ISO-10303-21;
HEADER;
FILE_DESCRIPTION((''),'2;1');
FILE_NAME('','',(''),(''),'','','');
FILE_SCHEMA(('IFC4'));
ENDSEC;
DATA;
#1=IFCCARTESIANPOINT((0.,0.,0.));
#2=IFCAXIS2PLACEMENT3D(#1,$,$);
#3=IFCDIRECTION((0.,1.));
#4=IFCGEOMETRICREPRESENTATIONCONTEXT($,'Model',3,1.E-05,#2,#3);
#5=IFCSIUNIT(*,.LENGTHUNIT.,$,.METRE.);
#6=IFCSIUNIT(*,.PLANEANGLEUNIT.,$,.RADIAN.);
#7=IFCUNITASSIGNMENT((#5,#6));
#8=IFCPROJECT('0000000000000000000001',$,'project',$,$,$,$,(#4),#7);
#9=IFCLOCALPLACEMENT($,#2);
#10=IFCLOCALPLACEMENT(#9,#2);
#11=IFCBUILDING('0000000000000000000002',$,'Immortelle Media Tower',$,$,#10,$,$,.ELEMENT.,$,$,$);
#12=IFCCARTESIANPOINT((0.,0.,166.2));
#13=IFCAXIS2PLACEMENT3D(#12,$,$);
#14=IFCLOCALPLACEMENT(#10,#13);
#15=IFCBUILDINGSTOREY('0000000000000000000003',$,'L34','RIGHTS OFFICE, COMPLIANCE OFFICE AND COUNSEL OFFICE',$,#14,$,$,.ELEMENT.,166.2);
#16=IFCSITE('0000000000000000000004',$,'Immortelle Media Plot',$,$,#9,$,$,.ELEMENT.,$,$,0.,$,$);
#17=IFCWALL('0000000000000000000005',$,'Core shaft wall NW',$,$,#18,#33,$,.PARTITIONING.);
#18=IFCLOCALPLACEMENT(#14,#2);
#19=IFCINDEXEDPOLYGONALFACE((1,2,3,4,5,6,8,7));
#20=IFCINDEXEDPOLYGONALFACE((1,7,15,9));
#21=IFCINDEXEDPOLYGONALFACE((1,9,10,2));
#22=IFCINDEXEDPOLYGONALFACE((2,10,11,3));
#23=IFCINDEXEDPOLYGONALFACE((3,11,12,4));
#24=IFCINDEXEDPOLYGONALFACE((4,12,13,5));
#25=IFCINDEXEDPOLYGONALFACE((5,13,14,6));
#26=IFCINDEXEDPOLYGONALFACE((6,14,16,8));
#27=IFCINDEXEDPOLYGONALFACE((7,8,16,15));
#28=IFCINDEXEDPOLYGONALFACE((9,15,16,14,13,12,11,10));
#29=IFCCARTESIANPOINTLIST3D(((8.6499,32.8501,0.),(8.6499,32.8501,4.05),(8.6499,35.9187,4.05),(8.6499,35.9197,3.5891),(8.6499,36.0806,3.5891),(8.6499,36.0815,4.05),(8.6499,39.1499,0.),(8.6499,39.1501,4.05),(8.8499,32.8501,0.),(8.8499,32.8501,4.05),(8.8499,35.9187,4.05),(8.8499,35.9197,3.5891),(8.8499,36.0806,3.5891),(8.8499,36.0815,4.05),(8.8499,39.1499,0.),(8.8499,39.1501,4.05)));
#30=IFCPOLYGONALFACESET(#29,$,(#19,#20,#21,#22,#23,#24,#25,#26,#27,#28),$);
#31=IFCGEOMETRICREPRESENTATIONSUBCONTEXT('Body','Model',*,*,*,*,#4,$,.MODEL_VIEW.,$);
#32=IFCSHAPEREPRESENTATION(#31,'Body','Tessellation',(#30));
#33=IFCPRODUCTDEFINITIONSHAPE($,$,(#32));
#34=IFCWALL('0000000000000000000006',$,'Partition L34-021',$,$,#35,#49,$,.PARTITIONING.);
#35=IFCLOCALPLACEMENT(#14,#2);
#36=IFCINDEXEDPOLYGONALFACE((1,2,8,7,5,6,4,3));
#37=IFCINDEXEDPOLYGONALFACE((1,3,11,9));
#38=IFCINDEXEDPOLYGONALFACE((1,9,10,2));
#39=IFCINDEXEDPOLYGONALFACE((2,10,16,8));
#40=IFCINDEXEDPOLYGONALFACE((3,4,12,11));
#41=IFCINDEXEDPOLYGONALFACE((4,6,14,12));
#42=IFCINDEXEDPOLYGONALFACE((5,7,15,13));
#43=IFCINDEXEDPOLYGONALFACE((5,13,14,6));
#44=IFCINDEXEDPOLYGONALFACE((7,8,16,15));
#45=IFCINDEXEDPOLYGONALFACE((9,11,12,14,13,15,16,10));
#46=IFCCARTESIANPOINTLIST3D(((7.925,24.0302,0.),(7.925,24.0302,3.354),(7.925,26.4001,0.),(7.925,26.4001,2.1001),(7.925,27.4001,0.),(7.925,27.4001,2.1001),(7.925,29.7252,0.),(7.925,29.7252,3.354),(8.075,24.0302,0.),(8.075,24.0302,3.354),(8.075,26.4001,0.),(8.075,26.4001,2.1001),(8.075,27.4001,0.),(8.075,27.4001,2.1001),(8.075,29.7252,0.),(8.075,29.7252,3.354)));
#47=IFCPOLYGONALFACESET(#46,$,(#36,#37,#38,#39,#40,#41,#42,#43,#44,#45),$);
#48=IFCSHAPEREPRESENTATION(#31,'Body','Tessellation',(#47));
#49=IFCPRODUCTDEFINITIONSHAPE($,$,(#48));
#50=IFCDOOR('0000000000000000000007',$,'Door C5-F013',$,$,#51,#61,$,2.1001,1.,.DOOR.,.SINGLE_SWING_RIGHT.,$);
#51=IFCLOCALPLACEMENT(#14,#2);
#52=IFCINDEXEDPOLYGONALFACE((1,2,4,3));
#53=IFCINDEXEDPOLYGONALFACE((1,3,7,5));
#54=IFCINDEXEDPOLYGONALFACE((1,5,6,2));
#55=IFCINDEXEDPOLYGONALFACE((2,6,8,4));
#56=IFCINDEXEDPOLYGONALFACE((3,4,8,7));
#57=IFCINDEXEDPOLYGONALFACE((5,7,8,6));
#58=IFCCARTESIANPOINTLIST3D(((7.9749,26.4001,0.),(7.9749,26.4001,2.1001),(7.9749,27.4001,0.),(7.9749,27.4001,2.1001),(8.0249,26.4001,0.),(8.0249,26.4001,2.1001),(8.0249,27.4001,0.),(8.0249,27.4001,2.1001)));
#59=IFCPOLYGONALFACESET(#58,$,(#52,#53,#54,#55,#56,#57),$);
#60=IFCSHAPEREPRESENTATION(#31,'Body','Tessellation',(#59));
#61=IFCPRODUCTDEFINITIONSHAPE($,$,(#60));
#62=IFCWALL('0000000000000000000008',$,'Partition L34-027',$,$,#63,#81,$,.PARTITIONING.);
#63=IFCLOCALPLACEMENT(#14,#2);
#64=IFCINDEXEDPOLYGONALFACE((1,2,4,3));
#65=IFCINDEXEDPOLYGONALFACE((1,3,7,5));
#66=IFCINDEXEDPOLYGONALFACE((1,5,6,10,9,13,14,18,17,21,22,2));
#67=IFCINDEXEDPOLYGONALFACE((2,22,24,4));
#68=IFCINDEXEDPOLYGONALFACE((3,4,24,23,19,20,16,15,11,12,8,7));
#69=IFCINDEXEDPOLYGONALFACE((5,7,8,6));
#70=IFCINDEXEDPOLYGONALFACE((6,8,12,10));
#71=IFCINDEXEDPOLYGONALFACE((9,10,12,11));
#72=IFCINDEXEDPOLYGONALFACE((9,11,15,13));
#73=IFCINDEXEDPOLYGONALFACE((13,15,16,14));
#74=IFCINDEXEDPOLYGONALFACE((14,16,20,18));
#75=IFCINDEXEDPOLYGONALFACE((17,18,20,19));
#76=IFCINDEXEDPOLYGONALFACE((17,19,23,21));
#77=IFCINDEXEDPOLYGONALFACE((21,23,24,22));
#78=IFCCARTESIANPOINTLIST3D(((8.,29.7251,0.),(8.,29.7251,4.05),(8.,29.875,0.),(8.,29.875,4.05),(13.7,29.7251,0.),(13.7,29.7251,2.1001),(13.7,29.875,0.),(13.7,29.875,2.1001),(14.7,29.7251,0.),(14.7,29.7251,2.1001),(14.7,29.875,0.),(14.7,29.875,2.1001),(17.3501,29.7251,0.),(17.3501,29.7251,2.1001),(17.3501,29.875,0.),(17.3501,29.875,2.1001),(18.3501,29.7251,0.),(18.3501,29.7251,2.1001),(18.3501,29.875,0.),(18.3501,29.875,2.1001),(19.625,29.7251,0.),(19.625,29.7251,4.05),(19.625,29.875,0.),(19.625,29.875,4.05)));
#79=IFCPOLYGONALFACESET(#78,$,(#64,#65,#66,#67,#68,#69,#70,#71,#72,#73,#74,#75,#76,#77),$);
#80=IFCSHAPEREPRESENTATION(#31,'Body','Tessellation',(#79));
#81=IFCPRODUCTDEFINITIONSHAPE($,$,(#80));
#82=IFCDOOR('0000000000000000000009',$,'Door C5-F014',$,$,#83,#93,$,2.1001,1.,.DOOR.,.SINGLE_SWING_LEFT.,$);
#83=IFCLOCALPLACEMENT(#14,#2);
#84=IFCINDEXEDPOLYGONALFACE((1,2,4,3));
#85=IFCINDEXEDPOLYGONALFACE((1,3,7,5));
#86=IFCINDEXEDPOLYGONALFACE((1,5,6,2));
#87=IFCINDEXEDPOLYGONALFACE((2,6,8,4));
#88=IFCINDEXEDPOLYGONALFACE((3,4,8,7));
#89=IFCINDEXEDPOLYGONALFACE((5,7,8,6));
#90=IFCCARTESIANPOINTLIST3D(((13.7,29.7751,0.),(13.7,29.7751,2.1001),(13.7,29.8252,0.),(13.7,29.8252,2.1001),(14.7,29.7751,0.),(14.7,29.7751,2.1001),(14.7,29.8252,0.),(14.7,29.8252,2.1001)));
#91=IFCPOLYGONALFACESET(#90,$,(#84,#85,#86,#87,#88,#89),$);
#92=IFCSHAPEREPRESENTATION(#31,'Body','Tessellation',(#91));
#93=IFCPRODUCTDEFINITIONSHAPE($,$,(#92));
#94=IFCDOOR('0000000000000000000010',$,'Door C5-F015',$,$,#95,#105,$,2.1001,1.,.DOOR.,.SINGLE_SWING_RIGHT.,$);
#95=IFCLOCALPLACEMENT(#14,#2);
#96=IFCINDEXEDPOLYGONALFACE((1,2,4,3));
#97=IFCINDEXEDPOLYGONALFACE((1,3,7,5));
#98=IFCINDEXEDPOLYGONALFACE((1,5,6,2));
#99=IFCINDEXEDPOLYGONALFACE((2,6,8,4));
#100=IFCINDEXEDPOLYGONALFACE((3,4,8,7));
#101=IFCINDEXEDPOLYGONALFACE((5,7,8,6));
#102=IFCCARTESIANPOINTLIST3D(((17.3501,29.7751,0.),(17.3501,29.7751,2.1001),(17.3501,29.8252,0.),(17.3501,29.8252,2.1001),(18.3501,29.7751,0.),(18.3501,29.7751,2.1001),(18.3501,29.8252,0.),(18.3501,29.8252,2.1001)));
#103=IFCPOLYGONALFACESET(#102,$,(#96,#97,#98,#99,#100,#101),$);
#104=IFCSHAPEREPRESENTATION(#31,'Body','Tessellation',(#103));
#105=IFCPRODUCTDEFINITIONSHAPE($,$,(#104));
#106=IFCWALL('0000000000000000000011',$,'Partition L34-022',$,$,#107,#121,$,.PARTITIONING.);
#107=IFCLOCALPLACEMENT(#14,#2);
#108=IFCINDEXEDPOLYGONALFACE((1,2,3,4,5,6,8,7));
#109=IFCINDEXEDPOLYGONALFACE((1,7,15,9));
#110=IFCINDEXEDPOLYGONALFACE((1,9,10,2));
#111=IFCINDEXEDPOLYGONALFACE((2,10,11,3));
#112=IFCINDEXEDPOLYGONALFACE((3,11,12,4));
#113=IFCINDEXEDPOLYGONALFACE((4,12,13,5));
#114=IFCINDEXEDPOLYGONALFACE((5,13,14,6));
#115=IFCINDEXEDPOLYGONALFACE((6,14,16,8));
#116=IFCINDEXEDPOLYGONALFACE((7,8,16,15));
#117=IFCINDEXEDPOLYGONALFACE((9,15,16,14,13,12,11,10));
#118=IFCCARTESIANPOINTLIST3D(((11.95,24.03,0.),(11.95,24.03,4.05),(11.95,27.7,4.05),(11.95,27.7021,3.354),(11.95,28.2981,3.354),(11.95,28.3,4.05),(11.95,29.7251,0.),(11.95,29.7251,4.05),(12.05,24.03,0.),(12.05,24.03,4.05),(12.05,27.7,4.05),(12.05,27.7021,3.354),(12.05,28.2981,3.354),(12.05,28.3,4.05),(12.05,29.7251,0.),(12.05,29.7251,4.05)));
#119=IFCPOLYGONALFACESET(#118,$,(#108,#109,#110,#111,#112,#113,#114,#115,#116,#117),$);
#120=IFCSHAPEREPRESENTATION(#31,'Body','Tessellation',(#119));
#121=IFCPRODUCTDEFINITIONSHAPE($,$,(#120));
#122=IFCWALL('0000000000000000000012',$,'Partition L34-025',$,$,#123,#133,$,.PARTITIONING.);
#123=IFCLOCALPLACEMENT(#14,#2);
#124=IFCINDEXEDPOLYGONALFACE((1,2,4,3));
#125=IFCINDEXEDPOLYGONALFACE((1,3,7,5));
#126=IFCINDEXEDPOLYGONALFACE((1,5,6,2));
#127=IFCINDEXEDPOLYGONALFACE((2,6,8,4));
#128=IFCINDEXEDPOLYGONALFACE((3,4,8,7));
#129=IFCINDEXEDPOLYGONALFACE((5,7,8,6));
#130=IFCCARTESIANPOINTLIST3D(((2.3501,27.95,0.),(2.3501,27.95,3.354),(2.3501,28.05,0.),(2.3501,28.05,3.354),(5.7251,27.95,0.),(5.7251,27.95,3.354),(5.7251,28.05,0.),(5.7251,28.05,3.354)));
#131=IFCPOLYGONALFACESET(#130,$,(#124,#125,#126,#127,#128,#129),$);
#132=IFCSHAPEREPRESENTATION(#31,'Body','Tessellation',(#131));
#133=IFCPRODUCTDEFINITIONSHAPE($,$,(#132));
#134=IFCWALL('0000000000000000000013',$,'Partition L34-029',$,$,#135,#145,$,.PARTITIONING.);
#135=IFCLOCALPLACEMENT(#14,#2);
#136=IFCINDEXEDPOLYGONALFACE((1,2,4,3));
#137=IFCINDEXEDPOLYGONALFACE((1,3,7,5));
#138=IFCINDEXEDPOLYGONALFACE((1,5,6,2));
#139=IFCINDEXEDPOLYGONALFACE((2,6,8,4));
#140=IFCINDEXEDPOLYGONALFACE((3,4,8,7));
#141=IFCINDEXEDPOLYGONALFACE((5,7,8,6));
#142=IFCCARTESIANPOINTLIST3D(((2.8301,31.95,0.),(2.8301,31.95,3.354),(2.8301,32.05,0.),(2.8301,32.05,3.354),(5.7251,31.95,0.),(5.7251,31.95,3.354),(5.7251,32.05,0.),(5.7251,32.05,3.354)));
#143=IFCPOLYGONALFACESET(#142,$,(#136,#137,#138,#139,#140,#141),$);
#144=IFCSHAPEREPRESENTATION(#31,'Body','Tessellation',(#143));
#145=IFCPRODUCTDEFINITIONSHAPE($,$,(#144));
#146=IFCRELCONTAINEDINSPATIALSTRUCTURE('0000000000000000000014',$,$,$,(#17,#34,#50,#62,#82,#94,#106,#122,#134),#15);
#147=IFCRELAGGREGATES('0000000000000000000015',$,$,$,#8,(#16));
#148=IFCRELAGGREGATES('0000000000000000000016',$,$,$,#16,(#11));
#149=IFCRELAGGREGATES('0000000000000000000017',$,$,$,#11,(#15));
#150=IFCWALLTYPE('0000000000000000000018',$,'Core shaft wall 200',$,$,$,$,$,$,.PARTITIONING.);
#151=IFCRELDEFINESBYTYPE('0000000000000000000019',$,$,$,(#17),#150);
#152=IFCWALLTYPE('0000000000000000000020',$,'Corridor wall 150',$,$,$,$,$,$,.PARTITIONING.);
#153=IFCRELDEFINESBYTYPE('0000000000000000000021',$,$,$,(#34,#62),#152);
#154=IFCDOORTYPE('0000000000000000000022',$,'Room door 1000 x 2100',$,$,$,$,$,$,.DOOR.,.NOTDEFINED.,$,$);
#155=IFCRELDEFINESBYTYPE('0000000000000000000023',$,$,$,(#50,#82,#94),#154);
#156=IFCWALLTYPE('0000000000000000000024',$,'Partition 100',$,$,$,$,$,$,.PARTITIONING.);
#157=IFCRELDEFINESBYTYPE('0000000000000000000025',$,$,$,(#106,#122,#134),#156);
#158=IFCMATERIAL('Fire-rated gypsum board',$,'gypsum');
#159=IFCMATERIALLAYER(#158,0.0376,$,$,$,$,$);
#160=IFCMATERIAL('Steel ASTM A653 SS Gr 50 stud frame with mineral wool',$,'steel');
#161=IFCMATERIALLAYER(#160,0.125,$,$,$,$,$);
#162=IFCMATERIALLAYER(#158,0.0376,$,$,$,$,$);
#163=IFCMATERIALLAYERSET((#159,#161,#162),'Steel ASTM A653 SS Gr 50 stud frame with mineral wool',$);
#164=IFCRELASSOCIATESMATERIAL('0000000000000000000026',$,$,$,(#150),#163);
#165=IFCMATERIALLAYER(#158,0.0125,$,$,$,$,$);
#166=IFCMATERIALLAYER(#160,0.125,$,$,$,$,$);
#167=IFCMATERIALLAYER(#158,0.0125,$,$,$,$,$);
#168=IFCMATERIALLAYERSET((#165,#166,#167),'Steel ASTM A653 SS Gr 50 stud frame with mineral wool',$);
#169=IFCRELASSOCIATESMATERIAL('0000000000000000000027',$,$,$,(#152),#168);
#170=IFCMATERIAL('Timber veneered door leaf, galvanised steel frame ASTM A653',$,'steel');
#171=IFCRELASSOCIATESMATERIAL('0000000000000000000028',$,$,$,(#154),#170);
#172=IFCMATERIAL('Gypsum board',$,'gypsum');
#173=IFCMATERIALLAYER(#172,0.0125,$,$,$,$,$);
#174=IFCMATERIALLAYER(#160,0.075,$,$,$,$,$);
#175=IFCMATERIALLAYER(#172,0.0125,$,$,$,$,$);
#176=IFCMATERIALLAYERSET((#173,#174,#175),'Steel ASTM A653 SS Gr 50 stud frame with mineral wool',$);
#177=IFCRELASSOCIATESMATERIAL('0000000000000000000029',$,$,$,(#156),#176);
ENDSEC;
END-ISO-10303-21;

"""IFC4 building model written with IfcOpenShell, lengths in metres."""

from ifc_helpers import new_model, si_unit, direction, frame, frame_2d, origin, place, context, subcontext, project, spatial, polyline, rectangle, outline, extrude, material, layer, layer_set, type_object, element, fill, save


model = new_model("IFC4")

# Units and contexts
model_context = context("Model", 3, precision=1e-05, world=origin(), true_north=direction((0.0, 1.0)))
body_context = subcontext(model_context, "Body", "Model", "MODEL_VIEW")
ifc_project = project(units=[si_unit("LENGTHUNIT", "METRE"), si_unit("PLANEANGLEUNIT", "RADIAN")], contexts=[model_context])

# Site, building, storey
site_placement = place(None, origin())
site = spatial("IfcSite", under=ifc_project, at=site_placement, Name="Immortelle Media Plot", CompositionType="ELEMENT", RefElevation=0.0)
building_placement = place(site_placement, origin())
building = spatial("IfcBuilding", under=site, at=building_placement, Name="Immortelle Media Tower", CompositionType="ELEMENT")
storey_placement = place(building_placement, frame((0.0, 0.0, 166.2)))
storey = spatial("IfcBuildingStorey", under=building, at=storey_placement, Name="L34", Description="RIGHTS OFFICE, COMPLIANCE OFFICE AND COUNSEL OFFICE", CompositionType="ELEMENT", Elevation=166.2)

# Shared definitions
ifc_material_1 = material(Name="Fire-rated gypsum board", Category="gypsum")
ifc_material_2 = material(Name="Steel ASTM A653 SS Gr 50 stud frame with mineral wool", Category="steel")

# Wall
ifc_layer_1 = layer(ifc_material_1, 0.0376)
ifc_layer_2 = layer(ifc_material_2, 0.125)
ifc_layer_3 = layer(ifc_material_1, 0.0376)
ifc_layer_set_1 = layer_set([ifc_layer_1, ifc_layer_2, ifc_layer_3], Name="Steel ASTM A653 SS Gr 50 stud frame with mineral wool")
wall_type_1 = type_object("IfcWallType", Name="Core shaft wall 200", PredefinedType="PARTITIONING", material=ifc_layer_set_1)
wall_1_placement = place(storey_placement, frame((8.75, 32.8501, 0.0), z_axis=(0.0, 0.0, 1.0), x_axis=(0.0, 1.0, 0.0)))
element("IfcWall", 1, at=wall_1_placement, inside=storey, type_object=wall_type_1, Name="Core shaft wall NW", PredefinedType="PARTITIONING", context=body_context, shape_type="SweptSolid", body=[
    extrude(outline(polyline([(0.0, 0.0), (6.2998, 0.0), (6.3, 4.05), (3.2314, 4.05), (3.2305, 3.5891), (3.0696, 3.5891), (3.0686, 4.05), (0.0, 4.05), (0.0, 0.0)])), frame((0.0, 0.1001, 0.0), z_axis=(0.0, -1.0, 0.0), x_axis=(1.0, 0.0, 0.0)), (0.0, 0.0, 1.0), 0.2),
])

# Wall, opening, door
ifc_layer_4 = layer(ifc_material_1, 0.0125)
ifc_layer_5 = layer(ifc_material_2, 0.125)
ifc_layer_6 = layer(ifc_material_1, 0.0125)
ifc_layer_set_2 = layer_set([ifc_layer_4, ifc_layer_5, ifc_layer_6], Name="Steel ASTM A653 SS Gr 50 stud frame with mineral wool")
wall_type_2 = type_object("IfcWallType", Name="Corridor wall 150", PredefinedType="PARTITIONING", material=ifc_layer_set_2)
wall_2_placement = place(storey_placement, frame((8.0, 24.03, 0.0), z_axis=(0.0, 0.0, 1.0), x_axis=(0.0, 1.0, 0.0)))
wall_2 = element("IfcWall", 2, at=wall_2_placement, inside=storey, type_object=wall_type_2, Name="Partition L34-021", PredefinedType="PARTITIONING", context=body_context, shape_type="SweptSolid", body=[
    extrude(rectangle(XDim=5.6951, YDim=0.1499, at=frame_2d((2.8477, 0.0))), origin(), (0.0, 0.0, 1.0), 3.354),
])
opening_1_placement = place(wall_2_placement, frame((3.3701, 0.0, 0.0), z_axis=(0.0, 0.0, 1.0), x_axis=(-1.0, 0.0, 0.0)))
opening_1 = element("IfcOpeningElement", 3, at=opening_1_placement, cuts=wall_2, PredefinedType="OPENING", context=body_context, shape_type="SweptSolid", body=[
    extrude(rectangle(XDim=1.0, YDim=2.1001, at=frame_2d((0.5, 1.05))), frame((0.0, 0.085, 0.0), z_axis=(0.0, -1.0, 0.0), x_axis=(1.0, 0.0, 0.0)), (0.0, 0.0, 1.0), 0.1699),
])
ifc_material_3 = material(Name="Timber veneered door leaf, galvanised steel frame ASTM A653", Category="steel")
door_type_1 = type_object("IfcDoorType", Name="Room door 1000 x 2100", OperationType="NOTDEFINED", PredefinedType="DOOR", material=ifc_material_3)
door_1_placement = place(opening_1_placement, origin())
door_1 = element("IfcDoor", 4, at=door_1_placement, inside=storey, type_object=door_type_1, Name="Door C5-F013", OperationType="SINGLE_SWING_RIGHT", OverallHeight=2.1001, OverallWidth=1.0, PredefinedType="DOOR", context=body_context, shape_type="SweptSolid", body=[
    extrude(rectangle(XDim=1.0, YDim=2.1001, at=frame_2d((0.5, 1.05))), frame((0.0, 0.0249, 0.0), z_axis=(0.0, -1.0, 0.0), x_axis=(1.0, 0.0, 0.0)), (0.0, 0.0, 1.0), 0.05),
])
fill(opening_1, door_1)

# Wall, openings, doors
wall_3_placement = place(storey_placement, frame((8.0, 29.8, 0.0), z_axis=(0.0, 0.0, 1.0), x_axis=(1.0, 0.0, 0.0)))
wall_3 = element("IfcWall", 5, at=wall_3_placement, inside=storey, type_object=wall_type_2, Name="Partition L34-027", PredefinedType="PARTITIONING", context=body_context, shape_type="SweptSolid", body=[
    extrude(rectangle(XDim=11.625, YDim=0.1499, at=frame_2d((5.8125, 0.0))), origin(), (0.0, 0.0, 1.0), 4.05),
])
opening_2_placement = place(wall_3_placement, frame((6.7, 0.0, 0.0), z_axis=(0.0, 0.0, 1.0), x_axis=(-1.0, 0.0, 0.0)))
opening_2 = element("IfcOpeningElement", 6, at=opening_2_placement, cuts=wall_3, PredefinedType="OPENING", context=body_context, shape_type="SweptSolid", body=[
    extrude(rectangle(XDim=1.0, YDim=2.1001, at=frame_2d((0.5, 1.05))), frame((0.0, 0.085, 0.0), z_axis=(0.0, -1.0, 0.0), x_axis=(1.0, 0.0, 0.0)), (0.0, 0.0, 1.0), 0.1699),
])
opening_3_placement = place(wall_3_placement, frame((10.3501, 0.0, 0.0), z_axis=(0.0, 0.0, 1.0), x_axis=(-1.0, 0.0, 0.0)))
opening_3 = element("IfcOpeningElement", 7, at=opening_3_placement, cuts=wall_3, PredefinedType="OPENING", context=body_context, shape_type="SweptSolid", body=[
    extrude(rectangle(XDim=1.0, YDim=2.1001, at=frame_2d((0.5, 1.05))), frame((0.0, 0.085, 0.0), z_axis=(0.0, -1.0, 0.0), x_axis=(1.0, 0.0, 0.0)), (0.0, 0.0, 1.0), 0.1699),
])
door_2_placement = place(opening_2_placement, origin())
door_2 = element("IfcDoor", 8, at=door_2_placement, inside=storey, type_object=door_type_1, Name="Door C5-F014", OperationType="SINGLE_SWING_LEFT", OverallHeight=2.1001, OverallWidth=1.0, PredefinedType="DOOR", context=body_context, shape_type="SweptSolid", body=[
    extrude(rectangle(XDim=1.0, YDim=2.1001, at=frame_2d((0.5, 1.05))), frame((0.0, 0.0249, 0.0), z_axis=(0.0, -1.0, 0.0), x_axis=(1.0, 0.0, 0.0)), (0.0, 0.0, 1.0), 0.05),
])
fill(opening_2, door_2)
door_3_placement = place(opening_3_placement, origin())
door_3 = element("IfcDoor", 9, at=door_3_placement, inside=storey, type_object=door_type_1, Name="Door C5-F015", OperationType="SINGLE_SWING_RIGHT", OverallHeight=2.1001, OverallWidth=1.0, PredefinedType="DOOR", context=body_context, shape_type="SweptSolid", body=[
    extrude(rectangle(XDim=1.0, YDim=2.1001, at=frame_2d((0.5, 1.05))), frame((0.0, 0.0249, 0.0), z_axis=(0.0, -1.0, 0.0), x_axis=(1.0, 0.0, 0.0)), (0.0, 0.0, 1.0), 0.05),
])
fill(opening_3, door_3)

# Walls
ifc_material_4 = material(Name="Gypsum board", Category="gypsum")
ifc_layer_7 = layer(ifc_material_4, 0.0125)
ifc_layer_8 = layer(ifc_material_2, 0.075)
ifc_layer_9 = layer(ifc_material_4, 0.0125)
ifc_layer_set_3 = layer_set([ifc_layer_7, ifc_layer_8, ifc_layer_9], Name="Steel ASTM A653 SS Gr 50 stud frame with mineral wool")
wall_type_3 = type_object("IfcWallType", Name="Partition 100", PredefinedType="PARTITIONING", material=ifc_layer_set_3)
wall_4_placement = place(storey_placement, frame((12.0, 24.03, 0.0), z_axis=(0.0, 0.0, 1.0), x_axis=(0.0, 1.0, 0.0)))
element("IfcWall", 10, at=wall_4_placement, inside=storey, type_object=wall_type_3, Name="Partition L34-022", PredefinedType="PARTITIONING", context=body_context, shape_type="SweptSolid", body=[
    extrude(outline(polyline([(0.0, 0.0), (5.6951, 0.0), (5.6951, 4.05), (4.27, 4.05), (4.2681, 3.354), (3.6721, 3.354), (3.6699, 4.05), (0.0, 4.05), (0.0, 0.0)])), frame((0.0, 0.05, 0.0), z_axis=(0.0, -1.0, 0.0), x_axis=(1.0, 0.0, 0.0)), (0.0, 0.0, 1.0), 0.1001),
])
wall_5_placement = place(storey_placement, frame((2.3501, 28.0, 0.0), z_axis=(0.0, 0.0, 1.0), x_axis=(1.0, 0.0, 0.0)))
element("IfcWall", 11, at=wall_5_placement, inside=storey, type_object=wall_type_3, Name="Partition L34-025", PredefinedType="PARTITIONING", context=body_context, shape_type="SweptSolid", body=[
    extrude(rectangle(XDim=3.375, YDim=0.1001, at=frame_2d((1.6875, 0.0))), origin(), (0.0, 0.0, 1.0), 3.354),
])
wall_6_placement = place(storey_placement, frame((2.8301, 32.0, 0.0), z_axis=(0.0, 0.0, 1.0), x_axis=(1.0, 0.0, 0.0)))
element("IfcWall", 12, at=wall_6_placement, inside=storey, type_object=wall_type_3, Name="Partition L34-029", PredefinedType="PARTITIONING", context=body_context, shape_type="SweptSolid", body=[
    extrude(rectangle(XDim=2.895, YDim=0.1001, at=frame_2d((1.4475, 0.0))), origin(), (0.0, 0.0, 1.0), 3.354),
])

save(model, "model.ifc")
